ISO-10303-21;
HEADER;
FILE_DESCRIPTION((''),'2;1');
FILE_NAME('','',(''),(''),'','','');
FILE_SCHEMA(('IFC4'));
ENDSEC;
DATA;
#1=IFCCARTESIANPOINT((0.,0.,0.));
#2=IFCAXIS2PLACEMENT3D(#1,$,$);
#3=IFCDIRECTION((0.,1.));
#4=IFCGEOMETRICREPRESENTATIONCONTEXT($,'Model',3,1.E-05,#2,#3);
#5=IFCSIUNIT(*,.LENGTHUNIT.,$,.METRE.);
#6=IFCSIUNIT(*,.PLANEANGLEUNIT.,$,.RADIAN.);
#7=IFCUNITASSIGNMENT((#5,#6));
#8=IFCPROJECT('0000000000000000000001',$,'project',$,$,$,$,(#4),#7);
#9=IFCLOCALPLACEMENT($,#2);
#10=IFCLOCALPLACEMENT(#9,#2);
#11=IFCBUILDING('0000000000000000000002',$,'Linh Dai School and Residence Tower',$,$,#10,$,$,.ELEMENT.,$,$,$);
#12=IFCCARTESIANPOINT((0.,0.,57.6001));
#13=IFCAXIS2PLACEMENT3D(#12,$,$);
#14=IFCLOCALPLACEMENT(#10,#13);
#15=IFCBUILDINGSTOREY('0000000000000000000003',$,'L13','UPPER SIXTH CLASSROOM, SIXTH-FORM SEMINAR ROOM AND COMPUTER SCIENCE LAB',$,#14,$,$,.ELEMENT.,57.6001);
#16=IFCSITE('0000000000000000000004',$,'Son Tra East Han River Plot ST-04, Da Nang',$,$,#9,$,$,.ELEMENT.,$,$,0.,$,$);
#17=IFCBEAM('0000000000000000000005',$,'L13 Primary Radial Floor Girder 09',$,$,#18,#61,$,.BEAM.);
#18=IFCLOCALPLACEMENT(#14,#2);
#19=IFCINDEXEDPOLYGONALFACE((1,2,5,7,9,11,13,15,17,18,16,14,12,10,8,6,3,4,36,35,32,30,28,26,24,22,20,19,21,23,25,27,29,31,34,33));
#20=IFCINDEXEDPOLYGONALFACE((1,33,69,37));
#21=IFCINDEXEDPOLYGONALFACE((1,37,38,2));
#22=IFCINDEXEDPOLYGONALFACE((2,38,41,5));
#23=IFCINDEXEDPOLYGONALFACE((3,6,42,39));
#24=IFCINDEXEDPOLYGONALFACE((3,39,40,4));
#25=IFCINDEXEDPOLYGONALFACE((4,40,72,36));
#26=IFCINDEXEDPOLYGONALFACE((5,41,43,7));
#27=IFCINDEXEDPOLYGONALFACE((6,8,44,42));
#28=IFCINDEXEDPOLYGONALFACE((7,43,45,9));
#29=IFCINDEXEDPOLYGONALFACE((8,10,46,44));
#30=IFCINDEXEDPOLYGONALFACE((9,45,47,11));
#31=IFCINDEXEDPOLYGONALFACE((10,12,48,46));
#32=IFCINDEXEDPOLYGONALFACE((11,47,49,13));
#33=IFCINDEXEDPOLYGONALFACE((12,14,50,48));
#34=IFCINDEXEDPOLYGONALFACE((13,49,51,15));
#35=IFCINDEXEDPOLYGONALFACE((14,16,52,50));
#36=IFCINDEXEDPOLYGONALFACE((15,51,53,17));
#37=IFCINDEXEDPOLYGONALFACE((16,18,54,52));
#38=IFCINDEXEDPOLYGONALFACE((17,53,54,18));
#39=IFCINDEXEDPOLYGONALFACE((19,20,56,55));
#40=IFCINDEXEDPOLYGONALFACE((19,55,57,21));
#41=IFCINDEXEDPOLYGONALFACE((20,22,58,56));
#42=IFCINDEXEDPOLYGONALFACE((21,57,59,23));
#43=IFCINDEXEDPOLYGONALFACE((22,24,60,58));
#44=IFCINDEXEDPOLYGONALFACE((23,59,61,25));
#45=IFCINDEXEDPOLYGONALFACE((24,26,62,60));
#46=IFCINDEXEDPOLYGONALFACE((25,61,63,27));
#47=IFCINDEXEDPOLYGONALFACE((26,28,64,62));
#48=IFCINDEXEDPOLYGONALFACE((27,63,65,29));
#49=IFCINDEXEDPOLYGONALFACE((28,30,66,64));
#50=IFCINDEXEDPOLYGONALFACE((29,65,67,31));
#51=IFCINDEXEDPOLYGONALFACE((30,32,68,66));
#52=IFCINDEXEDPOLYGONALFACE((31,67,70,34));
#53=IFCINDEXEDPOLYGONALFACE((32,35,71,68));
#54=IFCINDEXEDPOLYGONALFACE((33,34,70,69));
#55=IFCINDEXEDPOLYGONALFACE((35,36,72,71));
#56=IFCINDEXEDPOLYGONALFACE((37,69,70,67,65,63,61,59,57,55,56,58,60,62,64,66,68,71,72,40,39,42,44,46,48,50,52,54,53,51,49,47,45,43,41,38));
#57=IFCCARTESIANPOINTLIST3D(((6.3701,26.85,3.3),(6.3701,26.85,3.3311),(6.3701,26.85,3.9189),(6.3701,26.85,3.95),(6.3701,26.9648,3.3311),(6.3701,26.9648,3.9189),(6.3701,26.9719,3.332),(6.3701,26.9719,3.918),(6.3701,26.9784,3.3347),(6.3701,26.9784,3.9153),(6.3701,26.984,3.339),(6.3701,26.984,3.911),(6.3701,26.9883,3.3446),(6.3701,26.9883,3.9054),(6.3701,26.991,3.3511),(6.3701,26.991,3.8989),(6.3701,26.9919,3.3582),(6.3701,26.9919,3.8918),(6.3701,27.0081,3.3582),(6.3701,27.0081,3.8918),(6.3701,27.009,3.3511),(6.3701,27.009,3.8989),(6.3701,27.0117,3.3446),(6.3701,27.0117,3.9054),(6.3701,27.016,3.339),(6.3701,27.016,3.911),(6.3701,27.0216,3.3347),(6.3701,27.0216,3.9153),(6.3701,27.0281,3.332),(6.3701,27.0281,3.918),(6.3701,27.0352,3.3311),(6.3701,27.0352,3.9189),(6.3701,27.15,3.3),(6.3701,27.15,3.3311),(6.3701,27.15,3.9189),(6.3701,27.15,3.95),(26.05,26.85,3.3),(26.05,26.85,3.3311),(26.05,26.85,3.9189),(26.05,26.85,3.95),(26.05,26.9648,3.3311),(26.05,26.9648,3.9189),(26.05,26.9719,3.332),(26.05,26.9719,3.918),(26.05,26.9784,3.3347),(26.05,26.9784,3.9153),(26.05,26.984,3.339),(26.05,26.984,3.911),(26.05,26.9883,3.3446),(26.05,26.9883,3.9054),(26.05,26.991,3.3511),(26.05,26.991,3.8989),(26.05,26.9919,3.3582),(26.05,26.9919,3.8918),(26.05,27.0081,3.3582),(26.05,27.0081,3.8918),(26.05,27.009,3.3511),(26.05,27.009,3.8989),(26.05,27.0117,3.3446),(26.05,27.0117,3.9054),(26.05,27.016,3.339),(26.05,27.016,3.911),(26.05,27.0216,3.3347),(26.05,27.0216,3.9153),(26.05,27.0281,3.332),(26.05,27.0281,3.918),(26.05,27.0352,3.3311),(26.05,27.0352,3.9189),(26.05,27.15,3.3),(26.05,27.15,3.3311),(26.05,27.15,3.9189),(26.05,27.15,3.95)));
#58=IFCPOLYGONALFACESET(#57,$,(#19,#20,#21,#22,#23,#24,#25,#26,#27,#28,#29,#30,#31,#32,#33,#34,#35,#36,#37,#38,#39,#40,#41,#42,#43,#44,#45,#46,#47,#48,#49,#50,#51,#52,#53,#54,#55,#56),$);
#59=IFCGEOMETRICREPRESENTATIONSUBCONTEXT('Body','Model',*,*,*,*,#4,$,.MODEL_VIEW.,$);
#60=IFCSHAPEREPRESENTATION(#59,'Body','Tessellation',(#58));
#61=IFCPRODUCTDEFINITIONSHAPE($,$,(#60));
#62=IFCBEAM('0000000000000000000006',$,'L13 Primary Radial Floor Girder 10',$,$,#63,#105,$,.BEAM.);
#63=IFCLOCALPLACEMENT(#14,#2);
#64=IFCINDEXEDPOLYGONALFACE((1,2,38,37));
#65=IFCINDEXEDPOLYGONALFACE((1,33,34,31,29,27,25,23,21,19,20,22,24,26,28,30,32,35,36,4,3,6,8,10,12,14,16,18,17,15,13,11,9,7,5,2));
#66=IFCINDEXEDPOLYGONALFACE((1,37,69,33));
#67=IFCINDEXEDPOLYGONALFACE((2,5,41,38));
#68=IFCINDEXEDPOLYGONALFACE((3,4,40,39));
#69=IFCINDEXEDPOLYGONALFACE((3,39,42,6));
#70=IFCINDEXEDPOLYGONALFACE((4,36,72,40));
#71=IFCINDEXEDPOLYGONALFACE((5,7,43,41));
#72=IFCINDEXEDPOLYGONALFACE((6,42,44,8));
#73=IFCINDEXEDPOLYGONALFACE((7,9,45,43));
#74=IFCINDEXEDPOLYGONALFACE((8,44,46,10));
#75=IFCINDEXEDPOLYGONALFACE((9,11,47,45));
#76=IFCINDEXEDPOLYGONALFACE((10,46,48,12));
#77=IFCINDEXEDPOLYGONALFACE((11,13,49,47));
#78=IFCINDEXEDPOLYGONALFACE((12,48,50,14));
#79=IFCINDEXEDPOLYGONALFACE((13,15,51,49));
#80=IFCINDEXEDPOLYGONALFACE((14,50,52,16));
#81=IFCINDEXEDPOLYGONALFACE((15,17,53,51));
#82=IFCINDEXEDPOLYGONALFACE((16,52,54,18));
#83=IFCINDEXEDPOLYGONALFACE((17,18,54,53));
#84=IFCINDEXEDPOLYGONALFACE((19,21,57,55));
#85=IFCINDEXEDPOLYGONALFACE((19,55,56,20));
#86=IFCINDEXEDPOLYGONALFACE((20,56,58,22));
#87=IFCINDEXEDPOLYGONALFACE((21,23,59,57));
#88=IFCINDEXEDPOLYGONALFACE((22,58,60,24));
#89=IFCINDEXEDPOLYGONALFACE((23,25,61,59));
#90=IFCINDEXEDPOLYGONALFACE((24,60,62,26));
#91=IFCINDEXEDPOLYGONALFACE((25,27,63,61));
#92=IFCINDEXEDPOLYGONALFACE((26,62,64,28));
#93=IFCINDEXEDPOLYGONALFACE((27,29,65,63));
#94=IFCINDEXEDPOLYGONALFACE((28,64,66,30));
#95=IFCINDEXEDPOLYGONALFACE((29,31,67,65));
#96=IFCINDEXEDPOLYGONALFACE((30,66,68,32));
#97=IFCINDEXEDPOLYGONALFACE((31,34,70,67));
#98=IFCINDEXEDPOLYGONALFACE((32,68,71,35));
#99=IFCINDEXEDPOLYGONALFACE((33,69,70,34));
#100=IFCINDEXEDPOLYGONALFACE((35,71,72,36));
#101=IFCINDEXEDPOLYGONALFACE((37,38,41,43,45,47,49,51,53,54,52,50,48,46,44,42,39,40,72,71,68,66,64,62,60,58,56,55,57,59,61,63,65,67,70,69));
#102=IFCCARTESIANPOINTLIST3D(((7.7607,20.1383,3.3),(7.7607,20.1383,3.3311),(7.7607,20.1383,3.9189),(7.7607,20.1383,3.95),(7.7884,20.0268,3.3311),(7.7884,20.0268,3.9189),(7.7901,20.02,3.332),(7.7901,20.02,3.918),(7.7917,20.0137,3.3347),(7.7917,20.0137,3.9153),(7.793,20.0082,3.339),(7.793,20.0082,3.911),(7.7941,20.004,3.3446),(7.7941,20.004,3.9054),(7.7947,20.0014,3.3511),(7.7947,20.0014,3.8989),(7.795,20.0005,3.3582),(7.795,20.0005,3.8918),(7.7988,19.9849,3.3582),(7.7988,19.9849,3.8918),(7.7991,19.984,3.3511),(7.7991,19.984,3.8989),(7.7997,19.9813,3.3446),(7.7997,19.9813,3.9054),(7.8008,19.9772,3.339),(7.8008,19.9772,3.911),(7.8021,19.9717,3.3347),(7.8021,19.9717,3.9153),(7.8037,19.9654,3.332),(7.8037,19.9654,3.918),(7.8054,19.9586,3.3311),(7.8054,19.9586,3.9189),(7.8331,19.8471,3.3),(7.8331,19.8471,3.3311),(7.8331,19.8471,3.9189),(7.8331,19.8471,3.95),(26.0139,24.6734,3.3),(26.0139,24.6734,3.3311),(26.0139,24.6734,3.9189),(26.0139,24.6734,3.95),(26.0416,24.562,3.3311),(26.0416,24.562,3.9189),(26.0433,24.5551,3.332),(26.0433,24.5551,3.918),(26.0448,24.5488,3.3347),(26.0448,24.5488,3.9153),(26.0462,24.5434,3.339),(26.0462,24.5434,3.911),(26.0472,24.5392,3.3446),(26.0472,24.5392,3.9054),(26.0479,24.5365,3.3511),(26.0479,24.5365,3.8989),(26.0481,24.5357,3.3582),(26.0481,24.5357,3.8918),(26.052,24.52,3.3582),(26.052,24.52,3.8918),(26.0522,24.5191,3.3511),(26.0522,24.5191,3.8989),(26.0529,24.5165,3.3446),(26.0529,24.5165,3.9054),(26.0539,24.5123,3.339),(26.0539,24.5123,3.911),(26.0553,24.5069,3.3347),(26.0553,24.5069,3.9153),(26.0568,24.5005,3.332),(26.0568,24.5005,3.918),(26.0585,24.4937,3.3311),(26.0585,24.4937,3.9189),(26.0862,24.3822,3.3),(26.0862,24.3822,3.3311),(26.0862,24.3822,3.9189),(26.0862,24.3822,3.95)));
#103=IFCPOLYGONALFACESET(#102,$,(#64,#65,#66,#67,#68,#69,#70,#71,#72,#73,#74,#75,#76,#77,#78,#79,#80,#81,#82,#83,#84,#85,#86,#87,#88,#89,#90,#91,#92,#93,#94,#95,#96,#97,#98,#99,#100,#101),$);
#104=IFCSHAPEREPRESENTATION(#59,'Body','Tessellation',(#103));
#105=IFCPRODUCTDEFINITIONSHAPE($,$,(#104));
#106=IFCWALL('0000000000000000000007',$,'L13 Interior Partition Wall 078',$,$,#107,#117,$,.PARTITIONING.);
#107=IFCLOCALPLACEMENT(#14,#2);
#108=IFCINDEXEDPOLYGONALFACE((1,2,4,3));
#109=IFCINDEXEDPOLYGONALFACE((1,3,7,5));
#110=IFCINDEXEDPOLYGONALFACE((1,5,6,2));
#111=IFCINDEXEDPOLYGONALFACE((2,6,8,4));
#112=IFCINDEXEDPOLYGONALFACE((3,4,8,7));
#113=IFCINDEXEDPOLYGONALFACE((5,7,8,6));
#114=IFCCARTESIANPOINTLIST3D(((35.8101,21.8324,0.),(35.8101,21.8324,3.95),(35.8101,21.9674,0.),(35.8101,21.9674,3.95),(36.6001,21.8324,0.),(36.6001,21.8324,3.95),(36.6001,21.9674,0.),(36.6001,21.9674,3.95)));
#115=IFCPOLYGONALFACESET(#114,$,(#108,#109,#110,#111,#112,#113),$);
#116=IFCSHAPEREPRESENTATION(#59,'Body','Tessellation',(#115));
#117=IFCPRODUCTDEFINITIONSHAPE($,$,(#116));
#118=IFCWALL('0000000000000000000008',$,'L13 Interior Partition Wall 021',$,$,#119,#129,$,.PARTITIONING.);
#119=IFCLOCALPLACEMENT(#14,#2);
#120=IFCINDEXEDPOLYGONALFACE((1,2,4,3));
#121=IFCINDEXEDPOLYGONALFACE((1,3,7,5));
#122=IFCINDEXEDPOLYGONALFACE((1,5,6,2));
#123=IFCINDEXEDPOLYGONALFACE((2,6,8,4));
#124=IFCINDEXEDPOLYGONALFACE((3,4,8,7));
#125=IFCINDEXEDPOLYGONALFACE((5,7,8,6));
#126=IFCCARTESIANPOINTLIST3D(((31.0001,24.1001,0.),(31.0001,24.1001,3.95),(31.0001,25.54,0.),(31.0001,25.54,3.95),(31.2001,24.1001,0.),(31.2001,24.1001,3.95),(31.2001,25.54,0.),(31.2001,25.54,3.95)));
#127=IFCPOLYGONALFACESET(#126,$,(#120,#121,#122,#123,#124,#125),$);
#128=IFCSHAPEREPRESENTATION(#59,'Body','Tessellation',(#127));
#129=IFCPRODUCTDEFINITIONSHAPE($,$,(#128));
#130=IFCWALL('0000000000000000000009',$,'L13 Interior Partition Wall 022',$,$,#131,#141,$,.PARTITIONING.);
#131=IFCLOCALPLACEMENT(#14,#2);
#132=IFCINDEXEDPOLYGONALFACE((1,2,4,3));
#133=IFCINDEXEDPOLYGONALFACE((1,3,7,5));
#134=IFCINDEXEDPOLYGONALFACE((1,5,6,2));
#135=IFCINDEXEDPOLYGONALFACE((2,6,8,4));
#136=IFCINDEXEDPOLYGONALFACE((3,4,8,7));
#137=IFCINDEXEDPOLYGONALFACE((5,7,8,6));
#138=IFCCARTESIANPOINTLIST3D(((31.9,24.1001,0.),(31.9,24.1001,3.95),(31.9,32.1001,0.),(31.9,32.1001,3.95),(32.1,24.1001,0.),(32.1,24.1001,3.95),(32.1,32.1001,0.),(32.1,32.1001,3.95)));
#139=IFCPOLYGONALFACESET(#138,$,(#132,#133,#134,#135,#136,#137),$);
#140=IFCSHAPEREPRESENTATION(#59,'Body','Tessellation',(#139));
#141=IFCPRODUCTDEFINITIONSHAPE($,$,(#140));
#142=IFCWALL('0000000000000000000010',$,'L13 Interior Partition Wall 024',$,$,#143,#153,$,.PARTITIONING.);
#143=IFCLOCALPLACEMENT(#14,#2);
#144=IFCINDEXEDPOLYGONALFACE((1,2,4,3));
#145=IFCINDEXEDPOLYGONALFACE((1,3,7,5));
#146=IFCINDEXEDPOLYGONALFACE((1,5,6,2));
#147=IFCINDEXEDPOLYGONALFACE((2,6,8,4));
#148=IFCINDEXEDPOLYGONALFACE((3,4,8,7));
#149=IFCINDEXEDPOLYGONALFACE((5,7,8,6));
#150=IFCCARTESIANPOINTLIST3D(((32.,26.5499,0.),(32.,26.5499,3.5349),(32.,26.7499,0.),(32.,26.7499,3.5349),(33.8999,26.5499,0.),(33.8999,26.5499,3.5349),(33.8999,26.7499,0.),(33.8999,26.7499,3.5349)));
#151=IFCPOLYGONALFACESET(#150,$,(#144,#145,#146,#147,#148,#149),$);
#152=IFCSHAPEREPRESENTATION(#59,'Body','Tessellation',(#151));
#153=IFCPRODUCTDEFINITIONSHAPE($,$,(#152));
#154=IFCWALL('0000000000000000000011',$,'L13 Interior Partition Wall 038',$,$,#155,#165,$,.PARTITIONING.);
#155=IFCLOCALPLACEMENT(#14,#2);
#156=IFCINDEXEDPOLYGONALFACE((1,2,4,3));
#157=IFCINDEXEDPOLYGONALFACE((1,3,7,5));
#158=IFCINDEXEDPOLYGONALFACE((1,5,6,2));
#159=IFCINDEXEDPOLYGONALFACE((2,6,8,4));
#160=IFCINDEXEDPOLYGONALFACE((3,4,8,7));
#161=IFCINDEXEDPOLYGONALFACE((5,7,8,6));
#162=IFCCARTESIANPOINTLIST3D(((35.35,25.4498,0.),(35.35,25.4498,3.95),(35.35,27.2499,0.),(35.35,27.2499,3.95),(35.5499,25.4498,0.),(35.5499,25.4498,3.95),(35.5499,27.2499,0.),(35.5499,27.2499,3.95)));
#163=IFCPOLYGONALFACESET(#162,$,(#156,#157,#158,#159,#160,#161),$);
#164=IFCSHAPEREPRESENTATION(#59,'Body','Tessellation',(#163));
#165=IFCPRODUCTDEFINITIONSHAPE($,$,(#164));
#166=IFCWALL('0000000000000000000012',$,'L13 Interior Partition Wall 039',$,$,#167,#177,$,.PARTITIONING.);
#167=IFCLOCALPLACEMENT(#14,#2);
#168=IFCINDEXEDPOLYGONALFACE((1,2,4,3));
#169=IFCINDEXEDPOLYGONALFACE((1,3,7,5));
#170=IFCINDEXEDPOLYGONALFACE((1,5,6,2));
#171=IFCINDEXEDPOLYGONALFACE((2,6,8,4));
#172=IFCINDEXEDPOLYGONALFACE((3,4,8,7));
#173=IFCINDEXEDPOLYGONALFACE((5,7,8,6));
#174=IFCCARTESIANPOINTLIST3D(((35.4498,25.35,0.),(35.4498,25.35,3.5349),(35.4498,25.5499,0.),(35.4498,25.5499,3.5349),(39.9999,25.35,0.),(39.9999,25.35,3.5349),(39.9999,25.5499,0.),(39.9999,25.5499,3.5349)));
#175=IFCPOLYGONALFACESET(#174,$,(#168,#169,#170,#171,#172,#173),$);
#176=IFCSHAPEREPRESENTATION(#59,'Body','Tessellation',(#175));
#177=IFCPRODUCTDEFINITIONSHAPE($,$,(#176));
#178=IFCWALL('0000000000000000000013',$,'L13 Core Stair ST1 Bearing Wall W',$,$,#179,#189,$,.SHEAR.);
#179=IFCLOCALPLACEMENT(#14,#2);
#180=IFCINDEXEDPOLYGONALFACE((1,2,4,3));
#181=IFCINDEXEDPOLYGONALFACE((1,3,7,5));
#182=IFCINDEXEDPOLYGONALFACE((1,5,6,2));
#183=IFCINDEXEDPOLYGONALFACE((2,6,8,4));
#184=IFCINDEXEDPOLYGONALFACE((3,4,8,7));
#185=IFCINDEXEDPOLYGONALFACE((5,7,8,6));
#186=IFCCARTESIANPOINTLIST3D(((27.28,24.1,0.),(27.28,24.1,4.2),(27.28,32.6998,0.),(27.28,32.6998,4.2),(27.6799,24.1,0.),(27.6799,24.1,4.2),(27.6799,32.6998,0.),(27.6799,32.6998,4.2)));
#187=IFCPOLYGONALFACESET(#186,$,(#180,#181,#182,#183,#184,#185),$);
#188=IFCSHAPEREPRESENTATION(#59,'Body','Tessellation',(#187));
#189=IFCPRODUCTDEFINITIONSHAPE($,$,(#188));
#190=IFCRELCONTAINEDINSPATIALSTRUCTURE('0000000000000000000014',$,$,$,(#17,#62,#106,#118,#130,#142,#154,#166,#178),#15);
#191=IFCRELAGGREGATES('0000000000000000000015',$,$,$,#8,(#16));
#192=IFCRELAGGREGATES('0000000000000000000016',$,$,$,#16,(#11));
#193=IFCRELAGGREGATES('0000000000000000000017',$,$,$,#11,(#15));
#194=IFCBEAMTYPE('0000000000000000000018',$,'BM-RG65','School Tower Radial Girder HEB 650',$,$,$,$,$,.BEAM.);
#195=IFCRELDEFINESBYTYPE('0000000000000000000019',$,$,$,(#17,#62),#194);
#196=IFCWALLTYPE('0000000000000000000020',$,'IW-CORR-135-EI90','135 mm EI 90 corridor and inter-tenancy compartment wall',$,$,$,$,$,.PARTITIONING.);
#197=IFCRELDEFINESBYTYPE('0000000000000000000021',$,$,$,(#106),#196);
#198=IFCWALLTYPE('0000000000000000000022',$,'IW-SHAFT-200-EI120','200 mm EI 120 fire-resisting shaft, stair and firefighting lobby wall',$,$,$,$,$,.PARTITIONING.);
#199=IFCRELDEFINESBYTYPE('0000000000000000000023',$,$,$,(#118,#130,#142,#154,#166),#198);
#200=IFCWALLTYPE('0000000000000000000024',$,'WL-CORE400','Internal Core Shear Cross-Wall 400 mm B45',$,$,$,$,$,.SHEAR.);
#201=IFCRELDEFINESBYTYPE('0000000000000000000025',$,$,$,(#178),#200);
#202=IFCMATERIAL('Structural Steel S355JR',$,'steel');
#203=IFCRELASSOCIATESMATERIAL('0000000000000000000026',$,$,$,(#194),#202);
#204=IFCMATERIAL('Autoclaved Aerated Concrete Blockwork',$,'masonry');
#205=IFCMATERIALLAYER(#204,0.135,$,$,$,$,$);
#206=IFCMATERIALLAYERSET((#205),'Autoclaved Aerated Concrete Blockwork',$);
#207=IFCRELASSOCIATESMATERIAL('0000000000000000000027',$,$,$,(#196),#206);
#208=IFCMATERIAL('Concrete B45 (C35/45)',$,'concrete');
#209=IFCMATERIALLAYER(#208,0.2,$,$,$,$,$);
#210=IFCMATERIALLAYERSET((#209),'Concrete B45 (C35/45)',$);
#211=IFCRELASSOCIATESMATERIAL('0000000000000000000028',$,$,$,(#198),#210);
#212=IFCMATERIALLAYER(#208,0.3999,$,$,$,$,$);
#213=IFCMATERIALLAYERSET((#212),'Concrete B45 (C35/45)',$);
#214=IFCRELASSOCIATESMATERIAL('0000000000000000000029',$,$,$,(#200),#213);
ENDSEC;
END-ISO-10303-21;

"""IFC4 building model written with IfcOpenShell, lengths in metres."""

from ifc_helpers import new_model, si_unit, direction, frame, frame_2d, origin, origin_2d, place, context, subcontext, project, spatial, rectangle, i_section, extrude, material, layer, layer_set, material_profile, profile_set, type_object, element, save


model = new_model("IFC4")

# Units and contexts
model_context = context("Model", 3, precision=1e-05, world=origin(), true_north=direction((0.0, 1.0)))
body_context = subcontext(model_context, "Body", "Model", "MODEL_VIEW")
ifc_project = project(units=[si_unit("LENGTHUNIT", "METRE"), si_unit("PLANEANGLEUNIT", "RADIAN")], contexts=[model_context])

# Site, building, storey
site_placement = place(None, origin())
site = spatial("IfcSite", under=ifc_project, at=site_placement, Name="Son Tra East Han River Plot ST-04, Da Nang", CompositionType="ELEMENT", RefElevation=0.0)
building_placement = place(site_placement, origin())
building = spatial("IfcBuilding", under=site, at=building_placement, Name="Linh Dai School and Residence Tower", CompositionType="ELEMENT")
storey_placement = place(building_placement, frame((0.0, 0.0, 57.6001)))
storey = spatial("IfcBuildingStorey", under=building, at=storey_placement, Name="L13", Description="UPPER SIXTH CLASSROOM, SIXTH-FORM SEMINAR ROOM AND COMPUTER SCIENCE LAB", CompositionType="ELEMENT", Elevation=57.6001)

# Shared definitions
ifc_material_1 = material(Name="Structural Steel S355JR", Category="steel")

# Beams
ifc_material_profile_1 = material_profile(ifc_material_1, i_section(OverallWidth=0.3, OverallDepth=0.6499, WebThickness=0.0161, FlangeThickness=0.031, FilletRadius=0.0271, at=origin_2d()), Name="HEB 650")
ifc_profile_set_1 = profile_set([ifc_material_profile_1], Name="Structural Steel S355JR")
beam_type = type_object("IfcBeamType", Name="BM-RG65", Description="School Tower Radial Girder HEB 650", PredefinedType="BEAM", material=ifc_profile_set_1)
beam_1_placement = place(storey_placement, frame((26.05, 27.0, 3.625), z_axis=(-1.0, 0.0, 0.0), x_axis=(0.0, -1.0, 0.0)))
element("IfcBeam", 1, at=beam_1_placement, inside=storey, type_object=beam_type, Name="L13 Primary Radial Floor Girder 09", PredefinedType="BEAM", context=body_context, shape_type="SweptSolid", body=[
    extrude(i_section(OverallWidth=0.3, OverallDepth=0.6499, WebThickness=0.0161, FlangeThickness=0.031, FilletRadius=0.0271, at=origin_2d()), origin(), (0.0, 0.0, 1.0), 19.6799),
])
beam_2_placement = place(storey_placement, frame((26.05, 24.5278, 3.625), z_axis=(-0.970493, -0.241127, 0.0), x_axis=(0.241127, -0.970493, 0.0)))
element("IfcBeam", 2, at=beam_2_placement, inside=storey, type_object=beam_type, Name="L13 Primary Radial Floor Girder 10", PredefinedType="BEAM", context=body_context, shape_type="SweptSolid", body=[
    extrude(i_section(OverallWidth=0.3, OverallDepth=0.6499, WebThickness=0.0161, FlangeThickness=0.031, FilletRadius=0.0271, at=origin_2d()), origin(), (0.0, 0.0, 1.0), 18.8081),
])

# Wall
ifc_material_2 = material(Name="Autoclaved Aerated Concrete Blockwork", Category="masonry")
ifc_layer_1 = layer(ifc_material_2, 0.135)
ifc_layer_set_1 = layer_set([ifc_layer_1], Name="Autoclaved Aerated Concrete Blockwork")
wall_type_1 = type_object("IfcWallType", Name="IW-CORR-135-EI90", Description="135 mm EI 90 corridor and inter-tenancy compartment wall", PredefinedType="PARTITIONING", material=ifc_layer_set_1)
wall_1_placement = place(storey_placement, frame((36.6001, 21.8999, 0.0), z_axis=(0.0, 0.0, 1.0), x_axis=(-1.0, 0.0, 0.0)))
element("IfcWall", 3, at=wall_1_placement, inside=storey, type_object=wall_type_1, Name="L13 Interior Partition Wall 078", PredefinedType="PARTITIONING", context=body_context, shape_type="SweptSolid", body=[
    extrude(rectangle(XDim=0.79, YDim=0.135, at=frame_2d((0.395, 0.0))), origin(), (0.0, 0.0, 1.0), 3.95),
])

# Shared definitions
ifc_material_3 = material(Name="Concrete B45 (C35/45)", Category="concrete")
ifc_layer_2 = layer(ifc_material_3, 0.2)
ifc_layer_set_2 = layer_set([ifc_layer_2], Name="Concrete B45 (C35/45)")
wall_type_2 = type_object("IfcWallType", Name="IW-SHAFT-200-EI120", Description="200 mm EI 120 fire-resisting shaft, stair and firefighting lobby wall", PredefinedType="PARTITIONING", material=ifc_layer_set_2)

# Walls
wall_2_placement = place(storey_placement, frame((31.1001, 24.1001, 0.0), z_axis=(0.0, 0.0, 1.0), x_axis=(0.0, 1.0, 0.0)))
element("IfcWall", 4, at=wall_2_placement, inside=storey, type_object=wall_type_2, Name="L13 Interior Partition Wall 021", PredefinedType="PARTITIONING", context=body_context, shape_type="SweptSolid", body=[
    extrude(rectangle(XDim=1.4399, YDim=0.2, at=frame_2d((0.72, 0.0))), origin(), (0.0, 0.0, 1.0), 3.95),
])
wall_3_placement = place(storey_placement, frame((32.0, 24.1001, 0.0), z_axis=(0.0, 0.0, 1.0), x_axis=(0.0, 1.0, 0.0)))
element("IfcWall", 5, at=wall_3_placement, inside=storey, type_object=wall_type_2, Name="L13 Interior Partition Wall 022", PredefinedType="PARTITIONING", context=body_context, shape_type="SweptSolid", body=[
    extrude(rectangle(XDim=8.0, YDim=0.2, at=frame_2d((4.0, 0.0))), origin(), (0.0, 0.0, 1.0), 3.95),
])

# Wall
wall_4_placement = place(storey_placement, frame((32.0, 26.6499, 0.0), z_axis=(0.0, 0.0, 1.0), x_axis=(1.0, 0.0, 0.0)))
element("IfcWall", 6, at=wall_4_placement, inside=storey, type_object=wall_type_2, Name="L13 Interior Partition Wall 024", PredefinedType="PARTITIONING", context=body_context, shape_type="SweptSolid", body=[
    extrude(rectangle(XDim=1.8999, YDim=0.2, at=frame_2d((0.95, 0.0))), origin(), (0.0, 0.0, 1.0), 3.5349),
])

# Walls
wall_5_placement = place(storey_placement, frame((35.45, 25.45, 0.0), z_axis=(0.0, 0.0, 1.0), x_axis=(0.0, 1.0, 0.0)))
element("IfcWall", 7, at=wall_5_placement, inside=storey, type_object=wall_type_2, Name="L13 Interior Partition Wall 038", PredefinedType="PARTITIONING", context=body_context, shape_type="SweptSolid", body=[
    extrude(rectangle(XDim=1.8, YDim=0.2, at=frame_2d((0.8999, 0.0))), origin(), (0.0, 0.0, 1.0), 3.95),
])
wall_6_placement = place(storey_placement, frame((35.45, 25.45, 0.0), z_axis=(0.0, 0.0, 1.0), x_axis=(1.0, 0.0, 0.0)))
element("IfcWall", 8, at=wall_6_placement, inside=storey, type_object=wall_type_2, Name="L13 Interior Partition Wall 039", PredefinedType="PARTITIONING", context=body_context, shape_type="SweptSolid", body=[
    extrude(rectangle(XDim=4.55, YDim=0.2, at=frame_2d((2.2749, 0.0))), origin(), (0.0, 0.0, 1.0), 3.5349),
])
ifc_layer_3 = layer(ifc_material_3, 0.3999)
ifc_layer_set_3 = layer_set([ifc_layer_3], Name="Concrete B45 (C35/45)")
wall_type_3 = type_object("IfcWallType", Name="WL-CORE400", Description="Internal Core Shear Cross-Wall 400 mm B45", PredefinedType="SHEAR", material=ifc_layer_set_3)
wall_7_placement = place(storey_placement, frame((27.48, 24.1001, 0.0), z_axis=(0.0, 0.0, 1.0), x_axis=(0.0, 1.0, 0.0)))
element("IfcWall", 9, at=wall_7_placement, inside=storey, type_object=wall_type_3, Name="L13 Core Stair ST1 Bearing Wall W", PredefinedType="SHEAR", context=body_context, shape_type="SweptSolid", body=[
    extrude(rectangle(XDim=8.5999, YDim=0.3999, at=frame_2d((4.2998, 0.0))), origin(), (0.0, 0.0, 1.0), 4.2),
])

save(model, "model.ifc")
